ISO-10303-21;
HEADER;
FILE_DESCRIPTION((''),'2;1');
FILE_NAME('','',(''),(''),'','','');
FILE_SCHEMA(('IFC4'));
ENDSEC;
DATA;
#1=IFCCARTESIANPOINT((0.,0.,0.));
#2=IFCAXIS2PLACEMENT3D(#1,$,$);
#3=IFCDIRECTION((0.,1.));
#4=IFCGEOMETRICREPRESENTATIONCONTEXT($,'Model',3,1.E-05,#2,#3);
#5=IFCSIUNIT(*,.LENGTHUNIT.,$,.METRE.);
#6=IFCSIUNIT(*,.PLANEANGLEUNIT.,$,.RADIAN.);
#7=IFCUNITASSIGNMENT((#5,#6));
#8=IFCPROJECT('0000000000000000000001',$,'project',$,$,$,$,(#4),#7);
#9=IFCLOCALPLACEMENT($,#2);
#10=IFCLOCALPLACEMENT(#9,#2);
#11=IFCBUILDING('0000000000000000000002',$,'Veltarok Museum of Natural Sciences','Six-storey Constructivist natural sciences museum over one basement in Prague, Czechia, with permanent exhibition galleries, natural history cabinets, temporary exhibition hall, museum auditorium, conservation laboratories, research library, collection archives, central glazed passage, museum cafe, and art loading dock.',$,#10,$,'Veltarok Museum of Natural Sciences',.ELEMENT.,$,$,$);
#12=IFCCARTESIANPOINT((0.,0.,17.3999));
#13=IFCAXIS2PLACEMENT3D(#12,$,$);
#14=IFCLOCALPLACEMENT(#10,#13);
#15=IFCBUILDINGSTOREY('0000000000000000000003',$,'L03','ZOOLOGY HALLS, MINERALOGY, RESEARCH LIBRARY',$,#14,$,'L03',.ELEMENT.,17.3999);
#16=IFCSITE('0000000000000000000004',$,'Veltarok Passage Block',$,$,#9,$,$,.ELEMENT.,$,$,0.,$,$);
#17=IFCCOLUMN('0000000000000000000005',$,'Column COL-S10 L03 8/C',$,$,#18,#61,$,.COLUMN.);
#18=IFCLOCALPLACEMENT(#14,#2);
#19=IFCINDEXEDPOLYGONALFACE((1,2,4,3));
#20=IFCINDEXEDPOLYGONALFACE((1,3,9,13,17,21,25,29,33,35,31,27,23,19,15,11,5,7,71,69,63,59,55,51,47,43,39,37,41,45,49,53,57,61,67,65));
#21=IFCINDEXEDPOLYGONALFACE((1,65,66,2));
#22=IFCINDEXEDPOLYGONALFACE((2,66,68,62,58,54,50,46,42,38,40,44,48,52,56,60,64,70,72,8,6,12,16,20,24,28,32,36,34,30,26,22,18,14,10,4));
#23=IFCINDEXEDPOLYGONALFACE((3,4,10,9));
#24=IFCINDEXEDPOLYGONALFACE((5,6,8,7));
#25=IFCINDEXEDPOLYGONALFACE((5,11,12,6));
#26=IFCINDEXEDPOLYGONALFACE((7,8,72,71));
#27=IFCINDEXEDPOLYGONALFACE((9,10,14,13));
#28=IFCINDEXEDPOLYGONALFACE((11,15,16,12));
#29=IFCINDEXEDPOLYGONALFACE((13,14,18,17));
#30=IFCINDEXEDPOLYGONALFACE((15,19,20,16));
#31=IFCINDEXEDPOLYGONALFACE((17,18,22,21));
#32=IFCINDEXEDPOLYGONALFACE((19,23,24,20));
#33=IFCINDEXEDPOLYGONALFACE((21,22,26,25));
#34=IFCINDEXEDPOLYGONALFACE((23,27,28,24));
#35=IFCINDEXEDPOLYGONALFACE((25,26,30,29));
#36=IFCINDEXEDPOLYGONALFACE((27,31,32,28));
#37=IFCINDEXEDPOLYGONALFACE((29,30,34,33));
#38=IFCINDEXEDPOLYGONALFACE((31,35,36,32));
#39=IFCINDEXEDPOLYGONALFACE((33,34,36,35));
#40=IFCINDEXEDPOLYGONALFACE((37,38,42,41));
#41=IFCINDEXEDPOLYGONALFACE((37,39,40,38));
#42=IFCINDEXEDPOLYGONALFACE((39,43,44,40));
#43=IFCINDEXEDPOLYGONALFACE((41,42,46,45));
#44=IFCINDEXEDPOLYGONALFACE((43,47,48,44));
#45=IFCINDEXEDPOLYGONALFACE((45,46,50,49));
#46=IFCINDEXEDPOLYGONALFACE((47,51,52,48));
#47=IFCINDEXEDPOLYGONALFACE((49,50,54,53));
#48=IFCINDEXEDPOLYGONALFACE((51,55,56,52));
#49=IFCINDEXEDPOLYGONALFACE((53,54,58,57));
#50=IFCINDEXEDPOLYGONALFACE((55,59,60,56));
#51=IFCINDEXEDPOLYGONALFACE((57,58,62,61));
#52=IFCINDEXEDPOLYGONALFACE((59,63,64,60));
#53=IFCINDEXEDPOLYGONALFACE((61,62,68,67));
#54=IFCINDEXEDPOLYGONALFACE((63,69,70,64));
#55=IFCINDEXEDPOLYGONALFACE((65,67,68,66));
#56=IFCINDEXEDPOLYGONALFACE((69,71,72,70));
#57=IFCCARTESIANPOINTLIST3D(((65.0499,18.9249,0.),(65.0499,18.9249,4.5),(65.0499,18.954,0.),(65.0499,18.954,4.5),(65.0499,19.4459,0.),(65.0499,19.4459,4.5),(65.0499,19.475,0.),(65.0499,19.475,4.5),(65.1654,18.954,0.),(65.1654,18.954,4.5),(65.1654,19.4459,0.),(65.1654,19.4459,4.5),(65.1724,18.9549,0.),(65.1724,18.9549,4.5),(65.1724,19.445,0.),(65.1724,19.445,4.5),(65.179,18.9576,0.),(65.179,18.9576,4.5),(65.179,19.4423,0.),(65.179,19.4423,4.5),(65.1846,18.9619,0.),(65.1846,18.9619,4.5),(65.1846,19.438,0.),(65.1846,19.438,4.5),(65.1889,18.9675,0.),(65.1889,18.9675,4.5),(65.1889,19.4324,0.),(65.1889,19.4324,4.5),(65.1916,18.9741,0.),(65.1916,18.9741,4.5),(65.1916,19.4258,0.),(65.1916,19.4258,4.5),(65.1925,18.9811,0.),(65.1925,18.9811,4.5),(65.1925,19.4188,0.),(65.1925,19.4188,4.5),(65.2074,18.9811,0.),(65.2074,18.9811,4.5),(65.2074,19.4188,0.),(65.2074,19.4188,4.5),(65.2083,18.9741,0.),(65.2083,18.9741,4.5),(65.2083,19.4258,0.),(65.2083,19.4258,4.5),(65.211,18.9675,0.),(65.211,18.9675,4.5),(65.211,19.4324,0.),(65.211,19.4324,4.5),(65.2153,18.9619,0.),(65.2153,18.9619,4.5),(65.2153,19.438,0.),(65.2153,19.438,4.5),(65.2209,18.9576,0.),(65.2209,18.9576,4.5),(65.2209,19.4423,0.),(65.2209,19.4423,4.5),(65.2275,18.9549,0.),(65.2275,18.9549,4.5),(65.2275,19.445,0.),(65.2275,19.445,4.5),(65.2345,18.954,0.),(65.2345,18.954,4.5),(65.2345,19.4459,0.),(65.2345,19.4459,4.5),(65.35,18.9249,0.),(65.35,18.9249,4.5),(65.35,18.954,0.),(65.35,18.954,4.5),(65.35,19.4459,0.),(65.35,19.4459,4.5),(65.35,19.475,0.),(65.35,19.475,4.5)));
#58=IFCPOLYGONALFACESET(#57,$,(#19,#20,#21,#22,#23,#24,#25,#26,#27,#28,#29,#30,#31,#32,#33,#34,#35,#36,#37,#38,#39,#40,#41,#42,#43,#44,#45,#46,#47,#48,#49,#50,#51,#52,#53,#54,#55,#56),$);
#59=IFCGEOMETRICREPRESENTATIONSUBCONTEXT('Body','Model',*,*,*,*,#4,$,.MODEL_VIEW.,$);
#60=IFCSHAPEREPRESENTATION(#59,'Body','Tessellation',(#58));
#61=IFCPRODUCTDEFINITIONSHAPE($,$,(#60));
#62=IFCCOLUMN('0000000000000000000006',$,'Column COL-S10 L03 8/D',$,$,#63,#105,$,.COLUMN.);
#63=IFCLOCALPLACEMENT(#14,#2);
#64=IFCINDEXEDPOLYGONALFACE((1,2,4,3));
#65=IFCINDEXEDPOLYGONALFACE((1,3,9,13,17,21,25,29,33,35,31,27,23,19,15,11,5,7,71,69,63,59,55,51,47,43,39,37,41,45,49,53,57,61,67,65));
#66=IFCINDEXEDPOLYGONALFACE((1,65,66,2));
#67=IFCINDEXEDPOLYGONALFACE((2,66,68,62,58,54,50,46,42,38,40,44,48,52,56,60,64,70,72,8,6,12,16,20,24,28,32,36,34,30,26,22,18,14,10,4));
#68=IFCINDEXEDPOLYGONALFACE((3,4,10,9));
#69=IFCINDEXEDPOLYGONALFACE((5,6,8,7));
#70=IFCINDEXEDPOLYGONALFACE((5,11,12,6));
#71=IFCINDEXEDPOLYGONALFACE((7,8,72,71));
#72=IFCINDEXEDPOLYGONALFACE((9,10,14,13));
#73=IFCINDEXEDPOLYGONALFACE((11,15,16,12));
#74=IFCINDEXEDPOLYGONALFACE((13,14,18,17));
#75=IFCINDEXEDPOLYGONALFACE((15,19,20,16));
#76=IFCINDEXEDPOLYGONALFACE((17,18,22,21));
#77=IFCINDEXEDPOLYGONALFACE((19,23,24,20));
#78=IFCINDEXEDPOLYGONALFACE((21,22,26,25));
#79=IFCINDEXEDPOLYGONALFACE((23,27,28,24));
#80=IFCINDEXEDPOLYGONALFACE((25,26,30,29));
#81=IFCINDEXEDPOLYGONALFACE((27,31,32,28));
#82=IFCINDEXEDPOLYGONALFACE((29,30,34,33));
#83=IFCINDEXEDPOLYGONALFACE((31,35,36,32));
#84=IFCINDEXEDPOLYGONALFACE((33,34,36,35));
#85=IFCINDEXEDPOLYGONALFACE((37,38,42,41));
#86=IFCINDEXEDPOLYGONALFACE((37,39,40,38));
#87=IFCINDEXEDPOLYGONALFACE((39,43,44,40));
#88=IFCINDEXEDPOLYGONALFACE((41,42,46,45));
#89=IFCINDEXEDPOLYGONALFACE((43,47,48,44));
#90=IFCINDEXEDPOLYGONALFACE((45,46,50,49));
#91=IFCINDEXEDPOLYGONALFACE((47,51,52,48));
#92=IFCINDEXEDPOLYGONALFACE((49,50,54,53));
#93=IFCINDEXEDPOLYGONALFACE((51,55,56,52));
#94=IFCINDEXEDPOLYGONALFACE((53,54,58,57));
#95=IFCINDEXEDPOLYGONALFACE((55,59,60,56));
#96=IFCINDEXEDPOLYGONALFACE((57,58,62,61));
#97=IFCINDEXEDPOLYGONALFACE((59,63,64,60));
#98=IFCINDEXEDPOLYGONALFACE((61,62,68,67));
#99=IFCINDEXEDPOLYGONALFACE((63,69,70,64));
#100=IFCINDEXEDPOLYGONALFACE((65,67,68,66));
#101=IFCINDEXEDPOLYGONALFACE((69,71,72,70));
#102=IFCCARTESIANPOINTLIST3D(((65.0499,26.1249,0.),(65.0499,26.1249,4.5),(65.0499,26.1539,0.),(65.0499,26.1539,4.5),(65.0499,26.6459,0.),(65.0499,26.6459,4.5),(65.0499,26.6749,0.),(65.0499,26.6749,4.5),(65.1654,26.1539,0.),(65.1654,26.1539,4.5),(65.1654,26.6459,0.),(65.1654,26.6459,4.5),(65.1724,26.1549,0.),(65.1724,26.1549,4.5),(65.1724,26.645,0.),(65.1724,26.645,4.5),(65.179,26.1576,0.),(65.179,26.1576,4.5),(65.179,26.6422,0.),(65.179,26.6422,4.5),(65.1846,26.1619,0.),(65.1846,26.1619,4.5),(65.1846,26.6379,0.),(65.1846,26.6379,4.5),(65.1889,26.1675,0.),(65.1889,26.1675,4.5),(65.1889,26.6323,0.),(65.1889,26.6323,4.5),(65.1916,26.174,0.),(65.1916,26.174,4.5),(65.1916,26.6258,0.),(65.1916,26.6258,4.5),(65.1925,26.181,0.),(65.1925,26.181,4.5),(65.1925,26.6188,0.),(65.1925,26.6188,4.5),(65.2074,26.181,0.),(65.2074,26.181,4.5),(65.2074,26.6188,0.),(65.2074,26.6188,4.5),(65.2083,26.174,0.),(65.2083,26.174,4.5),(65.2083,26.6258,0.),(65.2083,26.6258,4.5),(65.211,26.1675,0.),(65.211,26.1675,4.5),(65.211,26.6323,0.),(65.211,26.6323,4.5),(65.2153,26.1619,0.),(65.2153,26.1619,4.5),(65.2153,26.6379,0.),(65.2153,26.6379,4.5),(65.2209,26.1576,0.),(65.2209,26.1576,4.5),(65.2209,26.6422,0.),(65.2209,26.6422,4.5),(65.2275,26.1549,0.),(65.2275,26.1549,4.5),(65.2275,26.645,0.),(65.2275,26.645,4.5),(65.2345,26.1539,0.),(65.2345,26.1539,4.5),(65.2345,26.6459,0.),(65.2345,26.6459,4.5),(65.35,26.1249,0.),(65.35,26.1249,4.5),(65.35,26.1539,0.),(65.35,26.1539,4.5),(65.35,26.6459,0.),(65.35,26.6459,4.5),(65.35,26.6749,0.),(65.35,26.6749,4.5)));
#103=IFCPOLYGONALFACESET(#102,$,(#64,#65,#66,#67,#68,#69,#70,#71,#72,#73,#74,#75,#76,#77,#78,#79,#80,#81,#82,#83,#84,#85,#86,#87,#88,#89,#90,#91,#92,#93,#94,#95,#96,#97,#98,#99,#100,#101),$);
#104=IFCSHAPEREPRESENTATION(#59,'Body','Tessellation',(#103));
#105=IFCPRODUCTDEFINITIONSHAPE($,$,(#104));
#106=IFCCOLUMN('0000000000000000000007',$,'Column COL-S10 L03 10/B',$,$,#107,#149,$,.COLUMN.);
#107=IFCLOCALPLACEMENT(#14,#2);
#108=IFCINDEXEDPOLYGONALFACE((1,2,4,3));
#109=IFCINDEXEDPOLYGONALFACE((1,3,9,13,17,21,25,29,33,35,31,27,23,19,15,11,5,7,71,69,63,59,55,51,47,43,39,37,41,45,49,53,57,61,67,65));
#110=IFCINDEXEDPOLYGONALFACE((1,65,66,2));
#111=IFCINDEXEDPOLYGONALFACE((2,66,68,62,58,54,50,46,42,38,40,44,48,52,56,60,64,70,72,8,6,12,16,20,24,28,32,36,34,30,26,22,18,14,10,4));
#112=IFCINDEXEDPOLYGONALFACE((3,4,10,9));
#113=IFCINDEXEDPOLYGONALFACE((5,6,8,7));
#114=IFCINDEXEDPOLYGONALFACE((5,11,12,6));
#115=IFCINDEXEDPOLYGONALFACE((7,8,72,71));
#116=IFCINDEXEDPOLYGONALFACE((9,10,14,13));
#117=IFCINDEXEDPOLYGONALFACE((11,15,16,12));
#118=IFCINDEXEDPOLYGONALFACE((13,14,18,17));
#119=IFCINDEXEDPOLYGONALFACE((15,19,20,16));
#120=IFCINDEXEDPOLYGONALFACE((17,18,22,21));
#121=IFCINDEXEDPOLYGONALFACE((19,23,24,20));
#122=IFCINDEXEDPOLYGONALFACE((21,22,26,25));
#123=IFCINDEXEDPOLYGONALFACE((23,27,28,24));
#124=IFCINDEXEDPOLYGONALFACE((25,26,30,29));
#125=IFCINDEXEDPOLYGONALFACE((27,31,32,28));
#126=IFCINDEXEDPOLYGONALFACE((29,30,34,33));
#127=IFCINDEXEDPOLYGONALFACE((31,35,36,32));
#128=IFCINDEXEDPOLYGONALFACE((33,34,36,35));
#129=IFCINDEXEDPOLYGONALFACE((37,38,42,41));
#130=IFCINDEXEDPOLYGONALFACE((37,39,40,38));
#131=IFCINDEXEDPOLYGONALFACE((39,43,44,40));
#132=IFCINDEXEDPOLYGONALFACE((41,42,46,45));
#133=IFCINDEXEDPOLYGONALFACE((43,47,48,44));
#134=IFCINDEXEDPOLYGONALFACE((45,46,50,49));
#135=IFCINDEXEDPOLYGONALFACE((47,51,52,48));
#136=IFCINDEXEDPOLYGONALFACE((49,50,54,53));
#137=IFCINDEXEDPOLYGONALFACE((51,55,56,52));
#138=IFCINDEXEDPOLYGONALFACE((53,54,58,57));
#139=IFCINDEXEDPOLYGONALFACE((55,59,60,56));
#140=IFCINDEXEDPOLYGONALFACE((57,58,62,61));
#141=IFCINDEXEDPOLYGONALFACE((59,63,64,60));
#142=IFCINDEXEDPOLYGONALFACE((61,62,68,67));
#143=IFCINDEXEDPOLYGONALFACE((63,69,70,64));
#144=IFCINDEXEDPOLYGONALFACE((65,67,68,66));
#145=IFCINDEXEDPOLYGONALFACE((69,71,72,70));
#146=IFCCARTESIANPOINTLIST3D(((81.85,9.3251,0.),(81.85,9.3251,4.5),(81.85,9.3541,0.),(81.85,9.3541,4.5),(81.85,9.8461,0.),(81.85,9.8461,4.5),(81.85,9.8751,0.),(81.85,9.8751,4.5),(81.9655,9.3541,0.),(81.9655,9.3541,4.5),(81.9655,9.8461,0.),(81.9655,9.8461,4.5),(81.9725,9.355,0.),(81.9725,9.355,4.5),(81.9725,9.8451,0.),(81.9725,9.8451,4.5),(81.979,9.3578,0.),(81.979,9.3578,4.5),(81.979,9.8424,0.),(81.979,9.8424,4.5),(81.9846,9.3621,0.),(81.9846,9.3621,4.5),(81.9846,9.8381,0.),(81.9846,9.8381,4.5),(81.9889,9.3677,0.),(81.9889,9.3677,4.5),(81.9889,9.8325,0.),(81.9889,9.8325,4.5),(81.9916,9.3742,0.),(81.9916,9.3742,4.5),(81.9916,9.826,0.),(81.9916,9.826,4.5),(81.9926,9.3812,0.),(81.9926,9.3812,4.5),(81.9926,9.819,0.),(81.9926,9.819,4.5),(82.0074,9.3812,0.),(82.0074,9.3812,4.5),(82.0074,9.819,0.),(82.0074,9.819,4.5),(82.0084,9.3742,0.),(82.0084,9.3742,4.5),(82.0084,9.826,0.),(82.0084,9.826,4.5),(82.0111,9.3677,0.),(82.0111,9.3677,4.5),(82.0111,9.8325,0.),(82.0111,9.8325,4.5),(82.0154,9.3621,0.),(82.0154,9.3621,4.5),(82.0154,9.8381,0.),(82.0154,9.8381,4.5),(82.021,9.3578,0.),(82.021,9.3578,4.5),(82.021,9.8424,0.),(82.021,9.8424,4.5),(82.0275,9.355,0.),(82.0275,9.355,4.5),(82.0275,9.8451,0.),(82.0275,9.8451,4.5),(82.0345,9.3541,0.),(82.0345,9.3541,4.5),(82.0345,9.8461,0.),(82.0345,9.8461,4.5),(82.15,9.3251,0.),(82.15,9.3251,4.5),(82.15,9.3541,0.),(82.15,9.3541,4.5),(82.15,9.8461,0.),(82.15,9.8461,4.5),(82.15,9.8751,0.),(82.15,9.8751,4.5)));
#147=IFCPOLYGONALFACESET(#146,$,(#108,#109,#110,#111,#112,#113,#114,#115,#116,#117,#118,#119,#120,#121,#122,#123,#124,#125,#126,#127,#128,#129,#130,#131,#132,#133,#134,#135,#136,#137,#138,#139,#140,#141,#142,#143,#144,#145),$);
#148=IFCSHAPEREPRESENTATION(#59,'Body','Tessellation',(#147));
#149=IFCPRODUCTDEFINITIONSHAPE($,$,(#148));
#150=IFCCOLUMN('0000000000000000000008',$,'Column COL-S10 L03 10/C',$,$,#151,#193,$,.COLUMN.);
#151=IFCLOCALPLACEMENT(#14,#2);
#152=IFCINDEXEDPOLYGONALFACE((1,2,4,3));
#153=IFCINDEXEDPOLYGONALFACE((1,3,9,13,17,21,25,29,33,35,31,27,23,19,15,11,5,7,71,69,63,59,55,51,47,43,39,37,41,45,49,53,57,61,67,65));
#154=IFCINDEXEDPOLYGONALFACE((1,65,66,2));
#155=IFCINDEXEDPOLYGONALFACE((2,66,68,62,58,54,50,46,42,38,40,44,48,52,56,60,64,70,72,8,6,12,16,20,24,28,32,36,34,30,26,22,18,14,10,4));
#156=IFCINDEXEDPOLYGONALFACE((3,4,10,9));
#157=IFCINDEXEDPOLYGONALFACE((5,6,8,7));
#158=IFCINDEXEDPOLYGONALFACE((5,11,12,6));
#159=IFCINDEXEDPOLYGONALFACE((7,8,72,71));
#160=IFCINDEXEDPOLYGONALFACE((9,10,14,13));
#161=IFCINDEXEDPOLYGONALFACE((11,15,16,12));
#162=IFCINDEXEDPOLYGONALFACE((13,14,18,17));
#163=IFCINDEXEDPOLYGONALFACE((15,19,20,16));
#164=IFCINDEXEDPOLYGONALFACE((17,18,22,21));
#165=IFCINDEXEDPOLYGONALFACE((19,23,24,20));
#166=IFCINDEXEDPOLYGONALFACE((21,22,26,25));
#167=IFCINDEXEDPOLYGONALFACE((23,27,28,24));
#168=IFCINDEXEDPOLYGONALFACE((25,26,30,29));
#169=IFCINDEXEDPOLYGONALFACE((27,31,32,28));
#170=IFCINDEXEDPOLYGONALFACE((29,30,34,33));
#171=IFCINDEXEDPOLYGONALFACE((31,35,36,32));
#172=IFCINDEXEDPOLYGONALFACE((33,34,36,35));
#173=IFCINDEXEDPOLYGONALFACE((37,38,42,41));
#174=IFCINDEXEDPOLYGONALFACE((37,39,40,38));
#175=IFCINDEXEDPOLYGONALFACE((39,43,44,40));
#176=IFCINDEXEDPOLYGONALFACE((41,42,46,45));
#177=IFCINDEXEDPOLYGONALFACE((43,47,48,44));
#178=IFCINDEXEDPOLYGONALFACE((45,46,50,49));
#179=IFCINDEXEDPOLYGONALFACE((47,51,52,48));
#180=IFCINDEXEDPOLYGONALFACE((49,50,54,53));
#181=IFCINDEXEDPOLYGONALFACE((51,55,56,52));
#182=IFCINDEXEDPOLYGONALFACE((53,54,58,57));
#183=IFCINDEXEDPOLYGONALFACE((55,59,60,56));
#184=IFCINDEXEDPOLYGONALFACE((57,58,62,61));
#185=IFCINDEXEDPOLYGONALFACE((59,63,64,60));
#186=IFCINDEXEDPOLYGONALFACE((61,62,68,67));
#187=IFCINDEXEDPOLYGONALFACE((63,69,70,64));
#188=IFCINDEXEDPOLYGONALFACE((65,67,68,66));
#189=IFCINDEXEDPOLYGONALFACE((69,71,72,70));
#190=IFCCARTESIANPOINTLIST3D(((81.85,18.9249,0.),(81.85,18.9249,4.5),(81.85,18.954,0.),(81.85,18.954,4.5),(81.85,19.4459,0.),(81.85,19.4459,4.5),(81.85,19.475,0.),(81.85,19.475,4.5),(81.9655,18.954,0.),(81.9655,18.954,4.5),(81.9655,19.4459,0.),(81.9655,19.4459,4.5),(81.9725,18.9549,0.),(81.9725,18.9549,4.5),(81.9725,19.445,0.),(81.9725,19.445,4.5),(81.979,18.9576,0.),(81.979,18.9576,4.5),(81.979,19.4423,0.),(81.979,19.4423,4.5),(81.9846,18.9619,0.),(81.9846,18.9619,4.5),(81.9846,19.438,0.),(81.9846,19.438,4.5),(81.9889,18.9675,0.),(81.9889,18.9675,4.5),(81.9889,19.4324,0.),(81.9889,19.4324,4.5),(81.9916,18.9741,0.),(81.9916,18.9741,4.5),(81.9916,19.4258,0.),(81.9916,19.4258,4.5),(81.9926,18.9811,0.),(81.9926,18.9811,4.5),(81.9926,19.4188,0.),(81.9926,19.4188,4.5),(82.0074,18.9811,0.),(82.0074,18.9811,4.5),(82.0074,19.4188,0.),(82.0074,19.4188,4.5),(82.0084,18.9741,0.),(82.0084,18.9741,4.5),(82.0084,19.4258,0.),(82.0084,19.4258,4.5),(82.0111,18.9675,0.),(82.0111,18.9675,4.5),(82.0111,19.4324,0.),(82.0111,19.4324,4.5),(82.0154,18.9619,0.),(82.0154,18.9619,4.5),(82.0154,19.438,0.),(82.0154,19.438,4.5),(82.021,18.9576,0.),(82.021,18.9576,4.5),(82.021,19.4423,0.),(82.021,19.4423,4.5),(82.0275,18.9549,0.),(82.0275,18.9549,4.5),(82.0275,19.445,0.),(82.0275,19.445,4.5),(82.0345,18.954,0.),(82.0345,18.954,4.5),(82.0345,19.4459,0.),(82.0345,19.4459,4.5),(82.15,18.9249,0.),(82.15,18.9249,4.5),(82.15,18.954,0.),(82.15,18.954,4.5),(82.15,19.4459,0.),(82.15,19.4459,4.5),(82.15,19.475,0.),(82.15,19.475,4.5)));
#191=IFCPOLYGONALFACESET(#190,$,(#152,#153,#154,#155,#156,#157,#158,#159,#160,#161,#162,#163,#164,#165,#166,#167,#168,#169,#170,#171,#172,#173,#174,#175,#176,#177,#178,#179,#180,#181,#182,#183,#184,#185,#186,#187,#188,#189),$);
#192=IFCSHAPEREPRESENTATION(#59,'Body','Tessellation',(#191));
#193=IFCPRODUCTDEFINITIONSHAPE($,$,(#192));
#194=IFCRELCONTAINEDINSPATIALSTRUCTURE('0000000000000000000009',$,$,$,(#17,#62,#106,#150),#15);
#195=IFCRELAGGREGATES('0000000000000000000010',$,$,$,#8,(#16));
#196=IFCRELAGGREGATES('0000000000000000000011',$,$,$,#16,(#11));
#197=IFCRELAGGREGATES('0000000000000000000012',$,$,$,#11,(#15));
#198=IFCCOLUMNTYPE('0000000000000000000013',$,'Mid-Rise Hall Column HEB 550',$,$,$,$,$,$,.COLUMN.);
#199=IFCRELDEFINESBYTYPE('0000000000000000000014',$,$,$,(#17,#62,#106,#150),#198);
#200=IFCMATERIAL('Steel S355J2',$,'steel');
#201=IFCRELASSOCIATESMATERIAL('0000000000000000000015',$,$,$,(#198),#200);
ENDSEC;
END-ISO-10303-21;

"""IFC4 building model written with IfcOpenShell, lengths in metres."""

from ifc_helpers import new_model, si_unit, direction, frame, origin, origin_2d, place, context, subcontext, project, spatial, i_section, extrude, material, material_profile, profile_set, type_object, element, save


model = new_model("IFC4")

# Units and contexts
model_context = context("Model", 3, precision=1e-05, world=origin(), true_north=direction((0.0, 1.0)))
body_context = subcontext(model_context, "Body", "Model", "MODEL_VIEW")
ifc_project = project(units=[si_unit("LENGTHUNIT", "METRE"), si_unit("PLANEANGLEUNIT", "RADIAN")], contexts=[model_context])

# Site, building, storey
site_placement = place(None, origin())
site = spatial("IfcSite", under=ifc_project, at=site_placement, Name="Veltarok Passage Block", CompositionType="ELEMENT", RefElevation=0.0)
building_placement = place(site_placement, origin())
building = spatial("IfcBuilding", under=site, at=building_placement, Name="Veltarok Museum of Natural Sciences", Description="Six-storey Constructivist natural sciences museum over one basement in Prague, Czechia, with permanent exhibition galleries, natural history cabinets, temporary exhibition hall, museum auditorium, conservation laboratories, research library, collection archives, central glazed passage, museum cafe, and art loading dock.", LongName="Veltarok Museum of Natural Sciences", CompositionType="ELEMENT")
storey_placement = place(building_placement, frame((0.0, 0.0, 17.3999)))
storey = spatial("IfcBuildingStorey", under=building, at=storey_placement, Name="L03", Description="ZOOLOGY HALLS, MINERALOGY, RESEARCH LIBRARY", LongName="L03", CompositionType="ELEMENT", Elevation=17.3999)

# Columns
ifc_material_1 = material(Name="Steel S355J2", Category="steel")
ifc_material_profile_1 = material_profile(ifc_material_1, i_section(OverallWidth=0.3, OverallDepth=0.55, WebThickness=0.0149, FlangeThickness=0.0291, FilletRadius=0.0271, at=origin_2d()), Name="HEB 550")
ifc_profile_set_1 = profile_set([ifc_material_profile_1], Name="Steel S355J2")
column_type_1 = type_object("IfcColumnType", Name="Mid-Rise Hall Column HEB 550", PredefinedType="COLUMN", material=ifc_profile_set_1)
for number, where, z_axis, x_axis, name in (
    (1, (65.2, 19.2, 0.0), (0.0, 0.0, 1.0), (1.0, 0.0, 0.0), "Column COL-S10 L03 8/C"),
    (2, (65.2, 26.3999, 0.0), (0.0, 0.0, 1.0), (1.0, 0.0, 0.0), "Column COL-S10 L03 8/D"),
    (3, (82.0, 9.6001, 0.0), (0.0, 0.0, 1.0), (1.0, 0.0, 0.0), "Column COL-S10 L03 10/B"),
    (4, (82.0, 19.2, 0.0), (0.0, 0.0, 1.0), (1.0, 0.0, 0.0), "Column COL-S10 L03 10/C"),
):
    element("IfcColumn", number, at=place(storey_placement, frame(where, z_axis=z_axis, x_axis=x_axis)), inside=storey, type_object=column_type_1, Name=name, PredefinedType="COLUMN", context=body_context, shape_type="SweptSolid", body=[
        extrude(i_section(OverallWidth=0.3, OverallDepth=0.55, WebThickness=0.0149, FlangeThickness=0.0291, FilletRadius=0.0271, at=origin_2d()), origin(), (0.0, 0.0, 1.0), 4.5),
    ])

save(model, "model.ifc")
